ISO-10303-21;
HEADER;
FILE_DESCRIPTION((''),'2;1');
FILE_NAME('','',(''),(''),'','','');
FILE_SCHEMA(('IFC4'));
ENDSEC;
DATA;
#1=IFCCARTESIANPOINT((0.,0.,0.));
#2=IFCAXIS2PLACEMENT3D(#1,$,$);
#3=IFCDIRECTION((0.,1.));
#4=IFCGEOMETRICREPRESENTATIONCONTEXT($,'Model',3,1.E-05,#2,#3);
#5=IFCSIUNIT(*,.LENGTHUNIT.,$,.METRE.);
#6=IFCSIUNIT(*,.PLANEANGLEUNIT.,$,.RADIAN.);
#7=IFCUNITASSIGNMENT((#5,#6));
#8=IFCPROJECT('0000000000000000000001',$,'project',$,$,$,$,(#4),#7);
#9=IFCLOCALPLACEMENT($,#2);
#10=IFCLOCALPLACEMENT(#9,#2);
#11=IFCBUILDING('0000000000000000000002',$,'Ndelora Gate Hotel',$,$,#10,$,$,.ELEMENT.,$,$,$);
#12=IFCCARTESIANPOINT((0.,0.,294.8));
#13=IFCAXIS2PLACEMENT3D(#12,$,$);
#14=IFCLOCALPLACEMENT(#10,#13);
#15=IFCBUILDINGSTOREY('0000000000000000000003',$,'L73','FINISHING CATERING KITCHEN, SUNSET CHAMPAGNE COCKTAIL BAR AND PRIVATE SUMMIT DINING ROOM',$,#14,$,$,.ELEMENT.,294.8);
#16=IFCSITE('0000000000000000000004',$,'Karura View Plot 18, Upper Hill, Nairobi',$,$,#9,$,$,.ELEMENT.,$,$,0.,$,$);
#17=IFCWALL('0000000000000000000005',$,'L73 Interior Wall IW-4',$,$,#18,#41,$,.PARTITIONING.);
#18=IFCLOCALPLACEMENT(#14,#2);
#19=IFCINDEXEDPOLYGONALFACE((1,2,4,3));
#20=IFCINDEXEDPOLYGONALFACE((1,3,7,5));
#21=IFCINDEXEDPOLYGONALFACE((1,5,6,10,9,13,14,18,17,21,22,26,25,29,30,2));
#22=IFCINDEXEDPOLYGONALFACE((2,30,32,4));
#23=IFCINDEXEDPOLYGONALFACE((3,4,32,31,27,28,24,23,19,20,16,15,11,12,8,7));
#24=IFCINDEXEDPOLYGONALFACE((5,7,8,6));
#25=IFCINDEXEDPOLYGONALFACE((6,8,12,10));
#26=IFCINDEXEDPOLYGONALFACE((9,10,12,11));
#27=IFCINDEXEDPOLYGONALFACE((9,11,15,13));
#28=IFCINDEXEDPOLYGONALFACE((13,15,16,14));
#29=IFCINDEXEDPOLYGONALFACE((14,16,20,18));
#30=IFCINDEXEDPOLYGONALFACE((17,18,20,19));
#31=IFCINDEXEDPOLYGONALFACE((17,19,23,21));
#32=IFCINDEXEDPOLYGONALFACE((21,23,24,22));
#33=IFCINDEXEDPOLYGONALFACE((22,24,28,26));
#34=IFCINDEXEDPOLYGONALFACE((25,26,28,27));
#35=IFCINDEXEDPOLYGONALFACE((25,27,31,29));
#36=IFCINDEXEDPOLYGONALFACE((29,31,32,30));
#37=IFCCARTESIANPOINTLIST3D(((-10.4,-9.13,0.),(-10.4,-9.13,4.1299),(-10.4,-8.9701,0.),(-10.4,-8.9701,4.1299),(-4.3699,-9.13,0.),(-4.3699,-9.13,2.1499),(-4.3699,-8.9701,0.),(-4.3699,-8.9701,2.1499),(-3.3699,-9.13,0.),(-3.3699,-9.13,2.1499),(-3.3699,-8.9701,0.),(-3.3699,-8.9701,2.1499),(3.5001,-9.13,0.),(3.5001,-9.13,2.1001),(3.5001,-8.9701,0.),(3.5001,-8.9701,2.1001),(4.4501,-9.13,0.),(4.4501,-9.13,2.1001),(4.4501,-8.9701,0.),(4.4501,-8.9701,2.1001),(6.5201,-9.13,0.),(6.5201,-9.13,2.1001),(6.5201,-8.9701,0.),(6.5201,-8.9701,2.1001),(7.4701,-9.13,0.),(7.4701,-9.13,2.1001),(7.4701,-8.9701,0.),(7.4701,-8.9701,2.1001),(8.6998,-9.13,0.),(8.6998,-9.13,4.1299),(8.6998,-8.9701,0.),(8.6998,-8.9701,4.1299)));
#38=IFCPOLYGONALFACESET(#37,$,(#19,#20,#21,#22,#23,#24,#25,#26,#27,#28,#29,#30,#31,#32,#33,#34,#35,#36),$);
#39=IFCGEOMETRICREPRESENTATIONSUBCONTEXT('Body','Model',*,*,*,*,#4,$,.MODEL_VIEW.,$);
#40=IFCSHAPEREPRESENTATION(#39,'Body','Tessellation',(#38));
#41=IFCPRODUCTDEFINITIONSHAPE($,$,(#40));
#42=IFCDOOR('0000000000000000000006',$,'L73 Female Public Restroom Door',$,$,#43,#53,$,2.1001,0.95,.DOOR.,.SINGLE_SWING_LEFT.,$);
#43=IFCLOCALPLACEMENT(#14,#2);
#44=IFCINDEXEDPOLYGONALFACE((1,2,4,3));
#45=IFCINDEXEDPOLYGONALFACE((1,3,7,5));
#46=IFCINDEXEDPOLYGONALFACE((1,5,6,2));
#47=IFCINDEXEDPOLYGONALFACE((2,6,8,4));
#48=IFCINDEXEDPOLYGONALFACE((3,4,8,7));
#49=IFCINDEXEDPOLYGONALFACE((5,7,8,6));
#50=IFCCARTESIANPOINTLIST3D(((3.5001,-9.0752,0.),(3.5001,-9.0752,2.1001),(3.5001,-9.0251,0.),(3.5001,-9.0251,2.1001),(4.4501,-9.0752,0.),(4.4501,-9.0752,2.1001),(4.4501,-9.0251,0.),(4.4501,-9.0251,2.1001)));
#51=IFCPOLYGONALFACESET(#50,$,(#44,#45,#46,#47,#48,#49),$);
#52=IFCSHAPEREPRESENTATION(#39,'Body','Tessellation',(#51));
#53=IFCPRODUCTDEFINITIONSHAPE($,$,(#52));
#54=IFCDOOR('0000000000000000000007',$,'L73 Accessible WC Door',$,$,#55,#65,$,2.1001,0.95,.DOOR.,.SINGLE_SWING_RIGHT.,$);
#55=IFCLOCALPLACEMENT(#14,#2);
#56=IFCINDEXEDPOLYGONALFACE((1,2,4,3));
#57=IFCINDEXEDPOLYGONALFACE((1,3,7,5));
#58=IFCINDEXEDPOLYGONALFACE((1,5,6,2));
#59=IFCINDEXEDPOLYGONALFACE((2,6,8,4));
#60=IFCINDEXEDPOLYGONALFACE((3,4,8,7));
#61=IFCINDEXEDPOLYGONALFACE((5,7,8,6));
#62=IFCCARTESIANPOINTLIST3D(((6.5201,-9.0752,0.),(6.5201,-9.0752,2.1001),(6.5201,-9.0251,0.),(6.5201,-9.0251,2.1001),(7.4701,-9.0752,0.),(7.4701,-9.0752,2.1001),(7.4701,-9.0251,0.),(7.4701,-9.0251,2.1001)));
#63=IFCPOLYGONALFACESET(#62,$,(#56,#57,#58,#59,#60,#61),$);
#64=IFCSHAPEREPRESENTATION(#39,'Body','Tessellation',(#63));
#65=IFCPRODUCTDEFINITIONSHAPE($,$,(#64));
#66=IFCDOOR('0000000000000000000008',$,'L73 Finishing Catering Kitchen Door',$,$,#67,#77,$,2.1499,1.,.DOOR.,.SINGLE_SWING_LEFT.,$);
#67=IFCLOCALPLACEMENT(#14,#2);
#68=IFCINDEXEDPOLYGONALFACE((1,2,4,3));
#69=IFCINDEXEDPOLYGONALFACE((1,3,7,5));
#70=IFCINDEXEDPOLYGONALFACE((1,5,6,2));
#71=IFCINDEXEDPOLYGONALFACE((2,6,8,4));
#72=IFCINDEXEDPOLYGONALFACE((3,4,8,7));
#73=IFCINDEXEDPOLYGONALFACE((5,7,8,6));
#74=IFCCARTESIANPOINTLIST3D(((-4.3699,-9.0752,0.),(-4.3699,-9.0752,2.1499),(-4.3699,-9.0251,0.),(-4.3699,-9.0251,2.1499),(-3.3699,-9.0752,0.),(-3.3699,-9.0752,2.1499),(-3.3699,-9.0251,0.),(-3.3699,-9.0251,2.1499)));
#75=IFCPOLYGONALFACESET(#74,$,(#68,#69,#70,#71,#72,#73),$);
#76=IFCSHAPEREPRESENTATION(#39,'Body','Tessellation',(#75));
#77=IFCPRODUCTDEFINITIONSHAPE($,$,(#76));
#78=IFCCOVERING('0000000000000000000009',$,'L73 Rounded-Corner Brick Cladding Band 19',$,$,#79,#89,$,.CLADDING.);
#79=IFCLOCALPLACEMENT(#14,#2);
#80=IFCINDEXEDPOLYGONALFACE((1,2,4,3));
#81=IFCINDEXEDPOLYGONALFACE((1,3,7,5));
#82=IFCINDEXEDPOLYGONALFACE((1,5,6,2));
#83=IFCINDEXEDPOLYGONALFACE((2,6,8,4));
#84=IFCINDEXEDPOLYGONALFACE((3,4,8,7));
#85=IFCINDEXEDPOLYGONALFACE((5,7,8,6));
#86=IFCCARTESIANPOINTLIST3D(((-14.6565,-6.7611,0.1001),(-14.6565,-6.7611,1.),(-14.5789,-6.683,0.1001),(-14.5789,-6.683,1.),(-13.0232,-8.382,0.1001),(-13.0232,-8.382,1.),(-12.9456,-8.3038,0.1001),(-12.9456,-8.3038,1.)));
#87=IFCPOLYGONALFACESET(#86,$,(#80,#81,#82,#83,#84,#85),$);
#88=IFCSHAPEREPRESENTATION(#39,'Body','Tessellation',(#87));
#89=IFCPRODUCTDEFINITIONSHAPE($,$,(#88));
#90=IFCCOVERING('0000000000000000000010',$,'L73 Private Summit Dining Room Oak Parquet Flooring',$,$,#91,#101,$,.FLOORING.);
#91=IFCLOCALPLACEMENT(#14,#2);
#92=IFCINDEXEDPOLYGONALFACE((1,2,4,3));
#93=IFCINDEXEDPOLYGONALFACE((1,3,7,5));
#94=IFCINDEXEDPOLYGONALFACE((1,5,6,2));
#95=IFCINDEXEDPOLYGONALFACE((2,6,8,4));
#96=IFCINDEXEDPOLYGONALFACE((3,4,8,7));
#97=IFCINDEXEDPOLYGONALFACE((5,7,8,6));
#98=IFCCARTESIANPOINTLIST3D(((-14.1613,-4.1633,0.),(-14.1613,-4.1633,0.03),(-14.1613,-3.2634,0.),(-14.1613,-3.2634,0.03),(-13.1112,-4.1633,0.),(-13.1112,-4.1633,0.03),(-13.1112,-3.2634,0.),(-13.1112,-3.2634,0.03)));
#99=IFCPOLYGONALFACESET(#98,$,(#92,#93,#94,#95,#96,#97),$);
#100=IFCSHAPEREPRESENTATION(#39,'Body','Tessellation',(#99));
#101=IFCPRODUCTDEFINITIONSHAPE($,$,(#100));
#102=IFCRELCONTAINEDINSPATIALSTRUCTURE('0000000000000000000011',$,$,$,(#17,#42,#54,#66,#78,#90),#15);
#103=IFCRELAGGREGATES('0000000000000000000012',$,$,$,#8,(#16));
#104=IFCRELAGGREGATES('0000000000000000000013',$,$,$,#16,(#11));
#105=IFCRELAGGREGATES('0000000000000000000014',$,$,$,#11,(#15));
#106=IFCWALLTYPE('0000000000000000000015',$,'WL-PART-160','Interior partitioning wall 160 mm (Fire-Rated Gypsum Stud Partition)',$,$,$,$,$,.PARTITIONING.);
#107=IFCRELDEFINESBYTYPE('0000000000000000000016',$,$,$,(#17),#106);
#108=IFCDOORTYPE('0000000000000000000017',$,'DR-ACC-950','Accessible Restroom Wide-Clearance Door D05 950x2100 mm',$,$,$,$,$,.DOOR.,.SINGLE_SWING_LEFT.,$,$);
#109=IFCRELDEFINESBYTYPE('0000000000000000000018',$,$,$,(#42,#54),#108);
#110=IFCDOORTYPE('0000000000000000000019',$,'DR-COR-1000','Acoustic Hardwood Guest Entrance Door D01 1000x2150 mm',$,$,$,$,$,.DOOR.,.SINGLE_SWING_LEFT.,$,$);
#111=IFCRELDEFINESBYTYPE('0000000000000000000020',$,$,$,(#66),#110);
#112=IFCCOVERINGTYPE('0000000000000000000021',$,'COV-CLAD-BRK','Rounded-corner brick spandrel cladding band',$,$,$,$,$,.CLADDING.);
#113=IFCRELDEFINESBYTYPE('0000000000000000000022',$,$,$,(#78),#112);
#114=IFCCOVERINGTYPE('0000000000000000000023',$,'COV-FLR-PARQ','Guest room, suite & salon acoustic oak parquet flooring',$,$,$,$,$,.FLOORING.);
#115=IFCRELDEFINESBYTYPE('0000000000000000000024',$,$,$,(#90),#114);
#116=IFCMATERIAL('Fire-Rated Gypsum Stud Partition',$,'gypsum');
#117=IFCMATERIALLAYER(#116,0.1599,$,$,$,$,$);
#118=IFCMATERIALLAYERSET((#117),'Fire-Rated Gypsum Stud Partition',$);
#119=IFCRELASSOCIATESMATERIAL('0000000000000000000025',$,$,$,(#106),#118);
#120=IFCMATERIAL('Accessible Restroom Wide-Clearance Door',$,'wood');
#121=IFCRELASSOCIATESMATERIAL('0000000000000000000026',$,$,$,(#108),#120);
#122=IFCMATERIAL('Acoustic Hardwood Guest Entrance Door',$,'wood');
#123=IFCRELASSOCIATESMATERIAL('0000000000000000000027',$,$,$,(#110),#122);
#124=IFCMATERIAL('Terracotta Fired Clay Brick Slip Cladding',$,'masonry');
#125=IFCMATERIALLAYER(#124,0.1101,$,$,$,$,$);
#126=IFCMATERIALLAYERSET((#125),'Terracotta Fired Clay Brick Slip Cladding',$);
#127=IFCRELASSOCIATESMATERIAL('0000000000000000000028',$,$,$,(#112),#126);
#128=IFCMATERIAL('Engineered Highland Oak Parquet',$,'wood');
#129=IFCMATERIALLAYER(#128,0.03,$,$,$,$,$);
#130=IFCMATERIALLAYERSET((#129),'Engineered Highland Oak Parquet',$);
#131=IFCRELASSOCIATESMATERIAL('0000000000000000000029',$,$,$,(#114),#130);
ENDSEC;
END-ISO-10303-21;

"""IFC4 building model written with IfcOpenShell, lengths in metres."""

from ifc_helpers import new_model, si_unit, direction, frame, frame_2d, origin, origin_2d, place, context, subcontext, project, spatial, rectangle, extrude, material, layer, layer_set, type_object, element, fill, save


model = new_model("IFC4")

# Units and contexts
model_context = context("Model", 3, precision=1e-05, world=origin(), true_north=direction((0.0, 1.0)))
body_context = subcontext(model_context, "Body", "Model", "MODEL_VIEW")
ifc_project = project(units=[si_unit("LENGTHUNIT", "METRE"), si_unit("PLANEANGLEUNIT", "RADIAN")], contexts=[model_context])

# Site, building, storey
site_placement = place(None, origin())
site = spatial("IfcSite", under=ifc_project, at=site_placement, Name="Karura View Plot 18, Upper Hill, Nairobi", CompositionType="ELEMENT", RefElevation=0.0)
building_placement = place(site_placement, origin())
building = spatial("IfcBuilding", under=site, at=building_placement, Name="Ndelora Gate Hotel", CompositionType="ELEMENT")
storey_placement = place(building_placement, frame((0.0, 0.0, 294.8)))
storey = spatial("IfcBuildingStorey", under=building, at=storey_placement, Name="L73", Description="FINISHING CATERING KITCHEN, SUNSET CHAMPAGNE COCKTAIL BAR AND PRIVATE SUMMIT DINING ROOM", CompositionType="ELEMENT", Elevation=294.8)

# Wall, openings, doors
ifc_material_1 = material(Name="Fire-Rated Gypsum Stud Partition", Category="gypsum")
ifc_layer_1 = layer(ifc_material_1, 0.1599)
ifc_layer_set_1 = layer_set([ifc_layer_1], Name="Fire-Rated Gypsum Stud Partition")
wall_type_1 = type_object("IfcWallType", Name="WL-PART-160", Description="Interior partitioning wall 160 mm (Fire-Rated Gypsum Stud Partition)", PredefinedType="PARTITIONING", material=ifc_layer_set_1)
wall_1_placement = place(storey_placement, frame((-10.3999, -9.05, 0.0), z_axis=(0.0, 0.0, 1.0), x_axis=(1.0, 0.0, 0.0)))
wall_1 = element("IfcWall", 1, at=wall_1_placement, inside=storey, type_object=wall_type_1, Name="L73 Interior Wall IW-4", PredefinedType="PARTITIONING", context=body_context, shape_type="SweptSolid", body=[
    extrude(rectangle(XDim=19.0999, YDim=0.1599, at=frame_2d((9.5498, 0.0))), origin(), (0.0, 0.0, 1.0), 4.1299),
])
opening_1_placement = place(wall_1_placement, frame((6.03, 0.0, 0.0)))
opening_1 = element("IfcOpeningElement", 2, at=opening_1_placement, cuts=wall_1, PredefinedType="OPENING", context=body_context, shape_type="SweptSolid", body=[
    extrude(rectangle(XDim=1.0, YDim=2.1499, at=frame_2d((0.5, 1.075))), frame((0.0, 0.0898, 0.0), z_axis=(0.0, -1.0, 0.0), x_axis=(1.0, 0.0, 0.0)), (0.0, 0.0, 1.0), 0.1799),
])
opening_2_placement = place(wall_1_placement, frame((13.8999, 0.0, 0.0)))
opening_2 = element("IfcOpeningElement", 3, at=opening_2_placement, cuts=wall_1, PredefinedType="OPENING", context=body_context, shape_type="SweptSolid", body=[
    extrude(rectangle(XDim=0.95, YDim=2.1001, at=frame_2d((0.4751, 1.05))), frame((0.0, 0.0898, 0.0), z_axis=(0.0, -1.0, 0.0), x_axis=(1.0, 0.0, 0.0)), (0.0, 0.0, 1.0), 0.1799),
])
opening_3_placement = place(wall_1_placement, frame((16.9199, 0.0, 0.0)))
opening_3 = element("IfcOpeningElement", 4, at=opening_3_placement, cuts=wall_1, PredefinedType="OPENING", context=body_context, shape_type="SweptSolid", body=[
    extrude(rectangle(XDim=0.95, YDim=2.1001, at=frame_2d((0.4751, 1.05))), frame((0.0, 0.0898, 0.0), z_axis=(0.0, -1.0, 0.0), x_axis=(1.0, 0.0, 0.0)), (0.0, 0.0, 1.0), 0.1799),
])
ifc_material_2 = material(Name="Accessible Restroom Wide-Clearance Door", Category="wood")
door_type_1 = type_object("IfcDoorType", Name="DR-ACC-950", Description="Accessible Restroom Wide-Clearance Door D05 950x2100 mm", OperationType="SINGLE_SWING_LEFT", PredefinedType="DOOR", material=ifc_material_2)
door_1_placement = place(opening_2_placement, origin())
door_1 = element("IfcDoor", 5, at=door_1_placement, inside=storey, type_object=door_type_1, Name="L73 Female Public Restroom Door", OperationType="SINGLE_SWING_LEFT", OverallHeight=2.1001, OverallWidth=0.95, PredefinedType="DOOR", context=body_context, shape_type="SweptSolid", body=[
    extrude(rectangle(XDim=0.95, YDim=2.1001, at=frame_2d((0.4751, 1.05))), frame((0.0, 0.0249, 0.0), z_axis=(0.0, -1.0, 0.0), x_axis=(1.0, 0.0, 0.0)), (0.0, 0.0, 1.0), 0.05),
])
fill(opening_2, door_1)
door_2_placement = place(opening_3_placement, origin())
door_2 = element("IfcDoor", 6, at=door_2_placement, inside=storey, type_object=door_type_1, Name="L73 Accessible WC Door", OperationType="SINGLE_SWING_RIGHT", OverallHeight=2.1001, OverallWidth=0.95, PredefinedType="DOOR", context=body_context, shape_type="SweptSolid", body=[
    extrude(rectangle(XDim=0.95, YDim=2.1001, at=frame_2d((0.4751, 1.05))), frame((0.0, 0.0249, 0.0), z_axis=(0.0, -1.0, 0.0), x_axis=(1.0, 0.0, 0.0)), (0.0, 0.0, 1.0), 0.05),
])
fill(opening_3, door_2)
ifc_material_3 = material(Name="Acoustic Hardwood Guest Entrance Door", Category="wood")
door_type_2 = type_object("IfcDoorType", Name="DR-COR-1000", Description="Acoustic Hardwood Guest Entrance Door D01 1000x2150 mm", OperationType="SINGLE_SWING_LEFT", PredefinedType="DOOR", material=ifc_material_3)
door_3_placement = place(opening_1_placement, origin())
door_3 = element("IfcDoor", 7, at=door_3_placement, inside=storey, type_object=door_type_2, Name="L73 Finishing Catering Kitchen Door", OperationType="SINGLE_SWING_LEFT", OverallHeight=2.1499, OverallWidth=1.0, PredefinedType="DOOR", context=body_context, shape_type="SweptSolid", body=[
    extrude(rectangle(XDim=1.0, YDim=2.1499, at=frame_2d((0.5, 1.075))), frame((0.0, 0.0249, 0.0), z_axis=(0.0, -1.0, 0.0), x_axis=(1.0, 0.0, 0.0)), (0.0, 0.0, 1.0), 0.05),
])
fill(opening_1, door_3)

# Coverings
ifc_material_4 = material(Name="Terracotta Fired Clay Brick Slip Cladding", Category="masonry")
ifc_layer_2 = layer(ifc_material_4, 0.1101)
ifc_layer_set_2 = layer_set([ifc_layer_2], Name="Terracotta Fired Clay Brick Slip Cladding")
covering_type_1 = type_object("IfcCoveringType", Name="COV-CLAD-BRK", Description="Rounded-corner brick spandrel cladding band", PredefinedType="CLADDING", material=ifc_layer_set_2)
covering_1_placement = place(storey_placement, frame((-13.801, -7.5325, 0.1001), z_axis=(0.0, 0.0, 1.0), x_axis=(-0.709817, 0.704386, 0.0)))
element("IfcCovering", 8, at=covering_1_placement, inside=storey, type_object=covering_type_1, Name="L73 Rounded-Corner Brick Cladding Band 19", PredefinedType="CLADDING", context=body_context, shape_type="SweptSolid", body=[
    extrude(rectangle(XDim=2.301, YDim=0.1101, at=origin_2d()), origin(), (0.0, 0.0, 1.0), 0.8999),
])
ifc_material_5 = material(Name="Engineered Highland Oak Parquet", Category="wood")
ifc_layer_3 = layer(ifc_material_5, 0.03)
ifc_layer_set_3 = layer_set([ifc_layer_3], Name="Engineered Highland Oak Parquet")
covering_type_2 = type_object("IfcCoveringType", Name="COV-FLR-PARQ", Description="Guest room, suite & salon acoustic oak parquet flooring", PredefinedType="FLOORING", material=ifc_layer_set_3)
covering_2_placement = place(storey_placement, frame((-13.6362, -3.7134, 0.0), z_axis=(0.0, 0.0, 1.0), x_axis=(1.0, 0.0, 0.0)))
element("IfcCovering", 9, at=covering_2_placement, inside=storey, type_object=covering_type_2, Name="L73 Private Summit Dining Room Oak Parquet Flooring", PredefinedType="FLOORING", context=body_context, shape_type="SweptSolid", body=[
    extrude(rectangle(XDim=1.05, YDim=0.8999, at=origin_2d()), origin(), (0.0, 0.0, 1.0), 0.03),
])

save(model, "model.ifc")
